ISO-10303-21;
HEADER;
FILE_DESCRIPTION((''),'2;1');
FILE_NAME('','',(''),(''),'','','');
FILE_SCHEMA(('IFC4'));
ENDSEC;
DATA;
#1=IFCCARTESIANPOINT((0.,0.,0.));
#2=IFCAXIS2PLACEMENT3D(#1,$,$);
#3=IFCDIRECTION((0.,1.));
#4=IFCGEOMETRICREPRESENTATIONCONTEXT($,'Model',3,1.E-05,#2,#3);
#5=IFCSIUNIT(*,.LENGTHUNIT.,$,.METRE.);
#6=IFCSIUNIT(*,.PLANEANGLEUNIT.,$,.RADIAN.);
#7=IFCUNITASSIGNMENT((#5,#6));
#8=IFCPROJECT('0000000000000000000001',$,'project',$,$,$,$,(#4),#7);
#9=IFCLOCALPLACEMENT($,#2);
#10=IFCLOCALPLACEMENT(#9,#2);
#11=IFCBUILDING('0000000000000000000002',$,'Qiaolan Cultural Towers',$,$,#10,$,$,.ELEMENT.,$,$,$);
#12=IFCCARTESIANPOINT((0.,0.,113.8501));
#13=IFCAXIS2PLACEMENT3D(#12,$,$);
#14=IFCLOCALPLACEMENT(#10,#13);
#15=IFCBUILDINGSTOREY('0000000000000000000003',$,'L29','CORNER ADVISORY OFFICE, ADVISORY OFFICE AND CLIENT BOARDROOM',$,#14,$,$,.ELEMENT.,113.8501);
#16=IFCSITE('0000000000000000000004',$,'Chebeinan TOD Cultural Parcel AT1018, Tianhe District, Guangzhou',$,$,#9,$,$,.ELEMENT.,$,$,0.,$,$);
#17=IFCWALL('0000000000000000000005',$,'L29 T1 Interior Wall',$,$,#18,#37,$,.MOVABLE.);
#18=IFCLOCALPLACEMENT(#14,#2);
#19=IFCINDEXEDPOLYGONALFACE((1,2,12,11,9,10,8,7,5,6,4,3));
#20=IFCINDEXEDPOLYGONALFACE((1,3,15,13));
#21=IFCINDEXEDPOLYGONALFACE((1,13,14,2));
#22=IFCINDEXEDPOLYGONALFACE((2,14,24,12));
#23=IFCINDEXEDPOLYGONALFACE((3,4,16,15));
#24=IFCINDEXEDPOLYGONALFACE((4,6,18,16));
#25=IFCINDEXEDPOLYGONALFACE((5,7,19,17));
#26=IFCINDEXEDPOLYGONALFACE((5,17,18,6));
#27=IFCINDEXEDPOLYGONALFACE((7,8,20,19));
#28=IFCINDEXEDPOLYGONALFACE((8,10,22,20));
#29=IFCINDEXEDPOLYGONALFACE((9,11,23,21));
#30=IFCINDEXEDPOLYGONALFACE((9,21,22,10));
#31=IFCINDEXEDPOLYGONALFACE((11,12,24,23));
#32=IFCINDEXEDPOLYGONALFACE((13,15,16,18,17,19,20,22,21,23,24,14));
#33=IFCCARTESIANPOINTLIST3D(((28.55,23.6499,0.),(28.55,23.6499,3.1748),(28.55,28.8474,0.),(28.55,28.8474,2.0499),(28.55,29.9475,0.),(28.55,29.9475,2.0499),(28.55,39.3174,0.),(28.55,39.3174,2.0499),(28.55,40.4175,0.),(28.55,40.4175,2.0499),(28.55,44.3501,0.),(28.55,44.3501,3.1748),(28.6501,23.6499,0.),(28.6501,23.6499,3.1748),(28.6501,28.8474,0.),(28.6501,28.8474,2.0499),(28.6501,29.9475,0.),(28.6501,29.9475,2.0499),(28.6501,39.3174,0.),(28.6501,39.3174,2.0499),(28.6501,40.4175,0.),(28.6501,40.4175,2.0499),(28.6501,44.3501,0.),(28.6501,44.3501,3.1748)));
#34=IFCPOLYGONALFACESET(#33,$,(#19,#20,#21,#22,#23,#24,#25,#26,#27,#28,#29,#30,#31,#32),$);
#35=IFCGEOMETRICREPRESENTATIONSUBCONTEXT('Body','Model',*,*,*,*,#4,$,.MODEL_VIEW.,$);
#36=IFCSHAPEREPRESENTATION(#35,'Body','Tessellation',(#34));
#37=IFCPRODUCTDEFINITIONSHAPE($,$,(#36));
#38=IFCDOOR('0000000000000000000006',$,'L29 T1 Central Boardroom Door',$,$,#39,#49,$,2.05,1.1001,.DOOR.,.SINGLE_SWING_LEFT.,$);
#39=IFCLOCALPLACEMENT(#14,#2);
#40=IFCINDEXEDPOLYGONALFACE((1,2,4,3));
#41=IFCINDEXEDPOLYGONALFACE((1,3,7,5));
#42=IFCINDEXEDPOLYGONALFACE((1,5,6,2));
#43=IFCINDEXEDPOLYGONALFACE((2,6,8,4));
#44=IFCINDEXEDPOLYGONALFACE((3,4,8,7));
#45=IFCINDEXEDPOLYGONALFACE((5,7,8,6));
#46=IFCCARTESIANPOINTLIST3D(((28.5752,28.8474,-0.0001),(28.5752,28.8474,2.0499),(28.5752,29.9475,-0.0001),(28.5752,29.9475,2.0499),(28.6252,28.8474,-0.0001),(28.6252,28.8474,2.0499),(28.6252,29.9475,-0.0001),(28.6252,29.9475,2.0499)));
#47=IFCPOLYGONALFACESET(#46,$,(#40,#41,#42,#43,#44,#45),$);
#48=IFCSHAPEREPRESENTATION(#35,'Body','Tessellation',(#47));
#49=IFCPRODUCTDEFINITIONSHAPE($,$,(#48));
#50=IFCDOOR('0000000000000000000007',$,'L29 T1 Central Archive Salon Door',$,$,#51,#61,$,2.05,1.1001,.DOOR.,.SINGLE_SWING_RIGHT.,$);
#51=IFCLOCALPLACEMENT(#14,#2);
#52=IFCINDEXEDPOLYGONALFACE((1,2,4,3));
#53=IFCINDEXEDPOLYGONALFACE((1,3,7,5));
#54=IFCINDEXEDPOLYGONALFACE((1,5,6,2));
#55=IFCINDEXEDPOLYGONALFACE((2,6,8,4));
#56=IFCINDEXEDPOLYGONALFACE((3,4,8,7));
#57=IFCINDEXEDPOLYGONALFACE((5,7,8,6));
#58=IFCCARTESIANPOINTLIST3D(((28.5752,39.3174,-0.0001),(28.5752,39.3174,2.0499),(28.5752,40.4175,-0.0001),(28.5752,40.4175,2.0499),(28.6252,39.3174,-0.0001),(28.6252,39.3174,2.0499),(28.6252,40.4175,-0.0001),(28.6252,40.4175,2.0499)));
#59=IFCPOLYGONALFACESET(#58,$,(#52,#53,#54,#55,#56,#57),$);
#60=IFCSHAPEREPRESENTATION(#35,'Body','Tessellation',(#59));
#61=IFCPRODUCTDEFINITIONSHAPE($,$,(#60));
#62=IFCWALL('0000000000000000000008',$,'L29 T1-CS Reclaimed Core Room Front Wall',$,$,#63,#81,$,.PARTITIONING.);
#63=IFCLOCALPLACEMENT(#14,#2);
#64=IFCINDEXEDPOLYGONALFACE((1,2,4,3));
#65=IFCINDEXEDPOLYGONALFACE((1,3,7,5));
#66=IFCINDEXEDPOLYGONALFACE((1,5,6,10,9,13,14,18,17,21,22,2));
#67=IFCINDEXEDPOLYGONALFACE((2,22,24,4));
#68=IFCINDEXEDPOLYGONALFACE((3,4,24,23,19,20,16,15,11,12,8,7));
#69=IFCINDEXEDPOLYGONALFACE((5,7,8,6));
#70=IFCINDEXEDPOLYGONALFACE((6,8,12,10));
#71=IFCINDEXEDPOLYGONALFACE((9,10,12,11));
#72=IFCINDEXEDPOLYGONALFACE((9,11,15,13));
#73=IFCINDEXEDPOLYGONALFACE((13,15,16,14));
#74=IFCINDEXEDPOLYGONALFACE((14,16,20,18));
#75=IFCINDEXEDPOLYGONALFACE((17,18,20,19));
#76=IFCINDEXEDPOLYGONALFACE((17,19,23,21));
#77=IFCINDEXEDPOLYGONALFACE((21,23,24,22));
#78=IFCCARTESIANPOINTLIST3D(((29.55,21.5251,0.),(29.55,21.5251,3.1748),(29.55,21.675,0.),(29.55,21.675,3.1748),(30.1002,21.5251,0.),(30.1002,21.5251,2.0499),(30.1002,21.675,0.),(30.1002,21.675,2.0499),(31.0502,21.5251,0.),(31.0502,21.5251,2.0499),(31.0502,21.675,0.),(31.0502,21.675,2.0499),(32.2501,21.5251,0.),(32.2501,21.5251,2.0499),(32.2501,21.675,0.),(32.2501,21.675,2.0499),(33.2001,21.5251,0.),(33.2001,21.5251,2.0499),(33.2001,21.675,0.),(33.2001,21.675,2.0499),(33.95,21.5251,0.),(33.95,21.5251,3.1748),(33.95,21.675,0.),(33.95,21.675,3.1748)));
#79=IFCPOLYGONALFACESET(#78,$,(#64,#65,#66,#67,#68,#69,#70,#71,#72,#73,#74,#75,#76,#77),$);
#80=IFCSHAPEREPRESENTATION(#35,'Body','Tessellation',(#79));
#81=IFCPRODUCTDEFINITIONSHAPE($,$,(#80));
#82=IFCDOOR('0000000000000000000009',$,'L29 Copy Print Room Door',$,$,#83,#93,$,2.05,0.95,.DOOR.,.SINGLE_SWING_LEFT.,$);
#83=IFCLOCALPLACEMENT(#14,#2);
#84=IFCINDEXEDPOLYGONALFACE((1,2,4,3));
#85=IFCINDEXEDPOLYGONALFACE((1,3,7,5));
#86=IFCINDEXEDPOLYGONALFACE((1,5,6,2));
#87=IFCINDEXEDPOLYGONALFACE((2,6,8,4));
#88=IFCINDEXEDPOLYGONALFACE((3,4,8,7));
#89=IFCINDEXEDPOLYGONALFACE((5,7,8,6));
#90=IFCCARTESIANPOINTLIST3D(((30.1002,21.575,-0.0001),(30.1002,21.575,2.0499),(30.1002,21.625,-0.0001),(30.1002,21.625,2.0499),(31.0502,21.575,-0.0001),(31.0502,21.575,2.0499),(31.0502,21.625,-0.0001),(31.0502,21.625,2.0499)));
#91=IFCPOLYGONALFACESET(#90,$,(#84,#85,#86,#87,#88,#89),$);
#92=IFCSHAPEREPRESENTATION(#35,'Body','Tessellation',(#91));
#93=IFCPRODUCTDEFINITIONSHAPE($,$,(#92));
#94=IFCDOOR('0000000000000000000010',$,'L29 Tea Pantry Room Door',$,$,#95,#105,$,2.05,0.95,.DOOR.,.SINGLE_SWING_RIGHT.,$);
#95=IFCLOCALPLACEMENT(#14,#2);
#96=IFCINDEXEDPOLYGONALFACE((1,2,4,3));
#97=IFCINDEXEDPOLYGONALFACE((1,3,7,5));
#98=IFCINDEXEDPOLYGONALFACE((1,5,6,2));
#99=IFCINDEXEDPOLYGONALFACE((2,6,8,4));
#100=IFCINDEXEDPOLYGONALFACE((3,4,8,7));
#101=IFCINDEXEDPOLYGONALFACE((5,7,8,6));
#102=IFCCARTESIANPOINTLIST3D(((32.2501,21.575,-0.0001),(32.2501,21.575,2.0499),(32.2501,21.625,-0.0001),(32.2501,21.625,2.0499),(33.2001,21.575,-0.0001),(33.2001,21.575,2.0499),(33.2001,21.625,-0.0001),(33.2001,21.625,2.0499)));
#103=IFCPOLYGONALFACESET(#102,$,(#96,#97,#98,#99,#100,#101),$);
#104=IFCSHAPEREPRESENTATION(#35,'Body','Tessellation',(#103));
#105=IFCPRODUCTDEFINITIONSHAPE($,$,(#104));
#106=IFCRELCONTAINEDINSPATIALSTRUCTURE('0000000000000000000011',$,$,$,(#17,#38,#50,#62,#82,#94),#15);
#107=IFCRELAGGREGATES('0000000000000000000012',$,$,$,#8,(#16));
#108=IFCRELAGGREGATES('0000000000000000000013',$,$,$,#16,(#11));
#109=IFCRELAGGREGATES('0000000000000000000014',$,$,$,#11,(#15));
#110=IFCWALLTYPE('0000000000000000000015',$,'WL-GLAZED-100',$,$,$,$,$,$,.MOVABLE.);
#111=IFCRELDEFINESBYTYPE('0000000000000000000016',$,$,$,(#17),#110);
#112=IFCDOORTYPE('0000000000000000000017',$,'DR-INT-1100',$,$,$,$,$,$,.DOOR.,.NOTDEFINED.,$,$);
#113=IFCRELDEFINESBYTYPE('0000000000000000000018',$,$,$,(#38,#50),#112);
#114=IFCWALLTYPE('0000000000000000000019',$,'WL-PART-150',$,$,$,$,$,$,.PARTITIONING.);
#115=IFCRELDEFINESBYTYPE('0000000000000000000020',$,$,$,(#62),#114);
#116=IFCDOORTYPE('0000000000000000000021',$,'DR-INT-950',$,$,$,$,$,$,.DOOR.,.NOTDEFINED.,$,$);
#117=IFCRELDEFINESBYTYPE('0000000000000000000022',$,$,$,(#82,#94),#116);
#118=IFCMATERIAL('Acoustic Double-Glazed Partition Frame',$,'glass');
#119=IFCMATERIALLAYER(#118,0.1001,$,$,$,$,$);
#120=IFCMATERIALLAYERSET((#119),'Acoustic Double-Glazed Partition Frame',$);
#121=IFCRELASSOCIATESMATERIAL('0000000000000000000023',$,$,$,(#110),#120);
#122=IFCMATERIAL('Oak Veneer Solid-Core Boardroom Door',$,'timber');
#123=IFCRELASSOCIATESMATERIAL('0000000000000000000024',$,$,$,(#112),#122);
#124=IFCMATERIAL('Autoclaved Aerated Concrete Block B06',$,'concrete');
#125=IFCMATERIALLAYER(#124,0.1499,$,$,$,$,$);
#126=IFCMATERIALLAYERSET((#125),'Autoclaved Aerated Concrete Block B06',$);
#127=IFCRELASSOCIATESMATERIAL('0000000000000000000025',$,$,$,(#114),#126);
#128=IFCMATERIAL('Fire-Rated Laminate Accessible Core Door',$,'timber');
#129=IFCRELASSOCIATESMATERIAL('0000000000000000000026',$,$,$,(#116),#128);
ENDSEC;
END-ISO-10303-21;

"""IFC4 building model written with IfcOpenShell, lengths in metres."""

from ifc_helpers import new_model, si_unit, direction, frame, frame_2d, origin, place, context, subcontext, project, spatial, rectangle, extrude, material, layer, layer_set, type_object, element, fill, save


model = new_model("IFC4")

# Units and contexts
model_context = context("Model", 3, precision=1e-05, world=origin(), true_north=direction((0.0, 1.0)))
body_context = subcontext(model_context, "Body", "Model", "MODEL_VIEW")
ifc_project = project(units=[si_unit("LENGTHUNIT", "METRE"), si_unit("PLANEANGLEUNIT", "RADIAN")], contexts=[model_context])

# Site, building, storey
site_placement = place(None, origin())
site = spatial("IfcSite", under=ifc_project, at=site_placement, Name="Chebeinan TOD Cultural Parcel AT1018, Tianhe District, Guangzhou", CompositionType="ELEMENT", RefElevation=0.0)
building_placement = place(site_placement, origin())
building = spatial("IfcBuilding", under=site, at=building_placement, Name="Qiaolan Cultural Towers", CompositionType="ELEMENT")
storey_placement = place(building_placement, frame((0.0, 0.0, 113.8501)))
storey = spatial("IfcBuildingStorey", under=building, at=storey_placement, Name="L29", Description="CORNER ADVISORY OFFICE, ADVISORY OFFICE AND CLIENT BOARDROOM", CompositionType="ELEMENT", Elevation=113.8501)

# Shared definitions
ifc_material_1 = material(Name="Acoustic Double-Glazed Partition Frame", Category="glass")
ifc_layer_1 = layer(ifc_material_1, 0.1001)
ifc_layer_set_1 = layer_set([ifc_layer_1], Name="Acoustic Double-Glazed Partition Frame")
wall_type_1 = type_object("IfcWallType", Name="WL-GLAZED-100", PredefinedType="MOVABLE", material=ifc_layer_set_1)

# Walls, openings, doors
wall_1_placement = place(storey_placement, frame((28.6001, 23.6499, 0.0), z_axis=(0.0, 0.0, 1.0), x_axis=(0.0, 1.0, 0.0)))
wall_1 = element("IfcWall", 1, at=wall_1_placement, inside=storey, type_object=wall_type_1, Name="L29 T1 Interior Wall", PredefinedType="MOVABLE", context=body_context, shape_type="SweptSolid", body=[
    extrude(rectangle(XDim=20.7002, YDim=0.1001, at=frame_2d((10.3501, 0.0))), origin(), (0.0, 0.0, 1.0), 3.1748),
])
opening_1_placement = place(wall_1_placement, frame((5.1975, 0.0, 0.0)))
opening_1 = element("IfcOpeningElement", 2, at=opening_1_placement, cuts=wall_1, PredefinedType="OPENING", context=body_context, shape_type="SweptSolid", body=[
    extrude(rectangle(XDim=1.1001, YDim=2.05, at=frame_2d((0.55, 1.0249))), frame((0.0, 0.0601, 0.0), z_axis=(0.0, -1.0, 0.0), x_axis=(1.0, 0.0, 0.0)), (0.0, 0.0, 1.0), 0.1201),
])
opening_2_placement = place(wall_1_placement, frame((15.6675, 0.0, 0.0)))
opening_2 = element("IfcOpeningElement", 3, at=opening_2_placement, cuts=wall_1, PredefinedType="OPENING", context=body_context, shape_type="SweptSolid", body=[
    extrude(rectangle(XDim=1.1001, YDim=2.05, at=frame_2d((0.55, 1.0249))), frame((0.0, 0.0601, 0.0), z_axis=(0.0, -1.0, 0.0), x_axis=(1.0, 0.0, 0.0)), (0.0, 0.0, 1.0), 0.1201),
])
ifc_material_2 = material(Name="Oak Veneer Solid-Core Boardroom Door", Category="timber")
door_type_1 = type_object("IfcDoorType", Name="DR-INT-1100", OperationType="NOTDEFINED", PredefinedType="DOOR", material=ifc_material_2)
door_1_placement = place(opening_1_placement, origin())
door_1 = element("IfcDoor", 4, at=door_1_placement, inside=storey, type_object=door_type_1, Name="L29 T1 Central Boardroom Door", OperationType="SINGLE_SWING_LEFT", OverallHeight=2.05, OverallWidth=1.1001, PredefinedType="DOOR", context=body_context, shape_type="SweptSolid", body=[
    extrude(rectangle(XDim=1.1001, YDim=2.05, at=frame_2d((0.55, 1.0249))), frame((0.0, 0.0249, 0.0), z_axis=(0.0, -1.0, 0.0), x_axis=(1.0, 0.0, 0.0)), (0.0, 0.0, 1.0), 0.05),
])
fill(opening_1, door_1)
door_2_placement = place(opening_2_placement, origin())
door_2 = element("IfcDoor", 5, at=door_2_placement, inside=storey, type_object=door_type_1, Name="L29 T1 Central Archive Salon Door", OperationType="SINGLE_SWING_RIGHT", OverallHeight=2.05, OverallWidth=1.1001, PredefinedType="DOOR", context=body_context, shape_type="SweptSolid", body=[
    extrude(rectangle(XDim=1.1001, YDim=2.05, at=frame_2d((0.55, 1.0249))), frame((0.0, 0.0249, 0.0), z_axis=(0.0, -1.0, 0.0), x_axis=(1.0, 0.0, 0.0)), (0.0, 0.0, 1.0), 0.05),
])
fill(opening_2, door_2)
ifc_material_3 = material(Name="Autoclaved Aerated Concrete Block B06", Category="concrete")
ifc_layer_2 = layer(ifc_material_3, 0.1499)
ifc_layer_set_2 = layer_set([ifc_layer_2], Name="Autoclaved Aerated Concrete Block B06")
wall_type_2 = type_object("IfcWallType", Name="WL-PART-150", PredefinedType="PARTITIONING", material=ifc_layer_set_2)
wall_2_placement = place(storey_placement, frame((29.55, 21.6001, 0.0), z_axis=(0.0, 0.0, 1.0), x_axis=(1.0, 0.0, 0.0)))
wall_2 = element("IfcWall", 6, at=wall_2_placement, inside=storey, type_object=wall_type_2, Name="L29 T1-CS Reclaimed Core Room Front Wall", PredefinedType="PARTITIONING", context=body_context, shape_type="SweptSolid", body=[
    extrude(rectangle(XDim=4.3999, YDim=0.1499, at=frame_2d((2.2, 0.0))), origin(), (0.0, 0.0, 1.0), 3.1748),
])
opening_3_placement = place(wall_2_placement, frame((0.55, 0.0, 0.0)))
opening_3 = element("IfcOpeningElement", 7, at=opening_3_placement, cuts=wall_2, PredefinedType="OPENING", context=body_context, shape_type="SweptSolid", body=[
    extrude(rectangle(XDim=0.95, YDim=2.05, at=frame_2d((0.4751, 1.0249))), frame((0.0, 0.085, 0.0), z_axis=(0.0, -1.0, 0.0), x_axis=(1.0, 0.0, 0.0)), (0.0, 0.0, 1.0), 0.1699),
])
opening_4_placement = place(wall_2_placement, frame((2.7, 0.0, 0.0)))
opening_4 = element("IfcOpeningElement", 8, at=opening_4_placement, cuts=wall_2, PredefinedType="OPENING", context=body_context, shape_type="SweptSolid", body=[
    extrude(rectangle(XDim=0.95, YDim=2.05, at=frame_2d((0.4751, 1.0249))), frame((0.0, 0.085, 0.0), z_axis=(0.0, -1.0, 0.0), x_axis=(1.0, 0.0, 0.0)), (0.0, 0.0, 1.0), 0.1699),
])
ifc_material_4 = material(Name="Fire-Rated Laminate Accessible Core Door", Category="timber")
door_type_2 = type_object("IfcDoorType", Name="DR-INT-950", OperationType="NOTDEFINED", PredefinedType="DOOR", material=ifc_material_4)
door_3_placement = place(opening_3_placement, origin())
door_3 = element("IfcDoor", 9, at=door_3_placement, inside=storey, type_object=door_type_2, Name="L29 Copy Print Room Door", OperationType="SINGLE_SWING_LEFT", OverallHeight=2.05, OverallWidth=0.95, PredefinedType="DOOR", context=body_context, shape_type="SweptSolid", body=[
    extrude(rectangle(XDim=0.95, YDim=2.05, at=frame_2d((0.4751, 1.0249))), frame((0.0, 0.0249, 0.0), z_axis=(0.0, -1.0, 0.0), x_axis=(1.0, 0.0, 0.0)), (0.0, 0.0, 1.0), 0.05),
])
fill(opening_3, door_3)
door_4_placement = place(opening_4_placement, origin())
door_4 = element("IfcDoor", 10, at=door_4_placement, inside=storey, type_object=door_type_2, Name="L29 Tea Pantry Room Door", OperationType="SINGLE_SWING_RIGHT", OverallHeight=2.05, OverallWidth=0.95, PredefinedType="DOOR", context=body_context, shape_type="SweptSolid", body=[
    extrude(rectangle(XDim=0.95, YDim=2.05, at=frame_2d((0.4751, 1.0249))), frame((0.0, 0.0249, 0.0), z_axis=(0.0, -1.0, 0.0), x_axis=(1.0, 0.0, 0.0)), (0.0, 0.0, 1.0), 0.05),
])
fill(opening_4, door_4)

save(model, "model.ifc")
